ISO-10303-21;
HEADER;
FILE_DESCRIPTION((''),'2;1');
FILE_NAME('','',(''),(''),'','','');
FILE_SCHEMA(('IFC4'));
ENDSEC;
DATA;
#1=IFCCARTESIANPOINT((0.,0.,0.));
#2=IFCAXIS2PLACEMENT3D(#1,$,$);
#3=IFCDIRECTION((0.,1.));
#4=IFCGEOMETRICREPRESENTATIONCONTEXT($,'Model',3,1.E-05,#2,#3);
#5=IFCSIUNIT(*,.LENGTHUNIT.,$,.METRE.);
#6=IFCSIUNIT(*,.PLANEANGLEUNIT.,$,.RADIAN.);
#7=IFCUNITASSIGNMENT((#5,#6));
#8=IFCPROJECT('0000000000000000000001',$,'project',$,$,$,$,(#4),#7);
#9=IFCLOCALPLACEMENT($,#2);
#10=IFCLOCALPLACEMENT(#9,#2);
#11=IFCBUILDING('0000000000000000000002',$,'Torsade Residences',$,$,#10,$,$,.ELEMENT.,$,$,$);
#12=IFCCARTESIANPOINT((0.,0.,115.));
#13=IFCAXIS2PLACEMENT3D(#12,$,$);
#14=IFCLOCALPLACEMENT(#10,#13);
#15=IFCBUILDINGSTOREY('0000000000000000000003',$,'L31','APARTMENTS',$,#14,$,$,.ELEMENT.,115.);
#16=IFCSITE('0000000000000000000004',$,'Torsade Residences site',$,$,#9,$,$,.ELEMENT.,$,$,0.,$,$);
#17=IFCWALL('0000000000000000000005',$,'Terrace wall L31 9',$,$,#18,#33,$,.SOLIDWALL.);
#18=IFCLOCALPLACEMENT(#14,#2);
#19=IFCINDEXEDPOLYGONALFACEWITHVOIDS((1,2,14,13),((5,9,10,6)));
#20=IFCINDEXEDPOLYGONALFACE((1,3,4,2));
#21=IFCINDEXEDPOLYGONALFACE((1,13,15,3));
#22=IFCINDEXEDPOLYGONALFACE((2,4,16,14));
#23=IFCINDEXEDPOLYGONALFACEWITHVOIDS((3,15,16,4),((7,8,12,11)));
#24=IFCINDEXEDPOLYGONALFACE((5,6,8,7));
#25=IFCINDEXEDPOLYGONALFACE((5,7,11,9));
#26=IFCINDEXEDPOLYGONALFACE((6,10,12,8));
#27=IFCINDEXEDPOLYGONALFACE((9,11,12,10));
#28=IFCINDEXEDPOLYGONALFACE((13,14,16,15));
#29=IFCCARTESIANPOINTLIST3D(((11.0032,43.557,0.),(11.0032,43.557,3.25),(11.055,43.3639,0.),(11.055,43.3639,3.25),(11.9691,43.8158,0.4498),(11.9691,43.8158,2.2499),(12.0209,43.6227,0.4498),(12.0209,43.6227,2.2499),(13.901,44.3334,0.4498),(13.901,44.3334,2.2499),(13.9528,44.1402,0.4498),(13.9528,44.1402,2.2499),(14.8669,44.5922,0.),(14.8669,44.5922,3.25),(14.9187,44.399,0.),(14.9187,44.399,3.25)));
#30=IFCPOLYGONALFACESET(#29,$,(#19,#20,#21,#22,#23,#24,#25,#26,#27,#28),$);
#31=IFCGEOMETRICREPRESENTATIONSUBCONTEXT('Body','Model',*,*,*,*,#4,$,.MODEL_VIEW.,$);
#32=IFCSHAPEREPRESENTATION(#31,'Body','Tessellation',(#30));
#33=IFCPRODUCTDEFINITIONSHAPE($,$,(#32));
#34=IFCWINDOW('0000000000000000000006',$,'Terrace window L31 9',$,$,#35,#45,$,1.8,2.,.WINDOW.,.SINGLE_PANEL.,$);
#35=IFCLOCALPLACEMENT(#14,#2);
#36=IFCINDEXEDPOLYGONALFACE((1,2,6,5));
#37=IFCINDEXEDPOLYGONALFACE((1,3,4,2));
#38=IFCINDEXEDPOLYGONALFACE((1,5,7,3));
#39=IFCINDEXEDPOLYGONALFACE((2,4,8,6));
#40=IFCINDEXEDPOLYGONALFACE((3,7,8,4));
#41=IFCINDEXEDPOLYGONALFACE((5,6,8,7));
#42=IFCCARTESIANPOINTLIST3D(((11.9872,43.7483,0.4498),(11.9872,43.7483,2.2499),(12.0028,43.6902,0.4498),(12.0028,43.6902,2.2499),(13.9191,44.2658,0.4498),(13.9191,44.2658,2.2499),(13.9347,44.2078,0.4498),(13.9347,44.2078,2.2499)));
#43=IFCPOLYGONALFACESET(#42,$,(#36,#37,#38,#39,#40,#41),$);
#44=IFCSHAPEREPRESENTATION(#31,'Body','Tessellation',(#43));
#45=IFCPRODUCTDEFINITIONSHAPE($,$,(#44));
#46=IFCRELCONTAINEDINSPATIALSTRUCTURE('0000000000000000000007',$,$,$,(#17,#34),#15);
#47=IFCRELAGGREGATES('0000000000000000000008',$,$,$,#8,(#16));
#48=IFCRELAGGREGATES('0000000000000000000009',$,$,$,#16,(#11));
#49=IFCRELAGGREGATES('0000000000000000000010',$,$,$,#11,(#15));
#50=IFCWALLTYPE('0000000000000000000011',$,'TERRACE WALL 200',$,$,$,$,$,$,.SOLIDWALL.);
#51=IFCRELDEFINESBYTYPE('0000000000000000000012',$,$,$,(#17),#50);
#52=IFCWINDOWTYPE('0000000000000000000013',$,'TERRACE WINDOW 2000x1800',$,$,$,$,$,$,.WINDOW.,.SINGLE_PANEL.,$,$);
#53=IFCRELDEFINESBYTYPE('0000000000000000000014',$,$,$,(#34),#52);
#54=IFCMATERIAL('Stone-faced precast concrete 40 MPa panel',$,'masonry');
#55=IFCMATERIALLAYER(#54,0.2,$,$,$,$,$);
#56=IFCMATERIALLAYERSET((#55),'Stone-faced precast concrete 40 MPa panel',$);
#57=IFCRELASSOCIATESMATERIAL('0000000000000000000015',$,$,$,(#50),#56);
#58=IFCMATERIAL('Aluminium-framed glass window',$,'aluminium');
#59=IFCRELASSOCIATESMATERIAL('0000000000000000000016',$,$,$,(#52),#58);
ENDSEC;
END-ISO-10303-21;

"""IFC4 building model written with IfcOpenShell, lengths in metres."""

from ifc_helpers import new_model, si_unit, direction, frame, frame_2d, origin, place, context, subcontext, project, spatial, rectangle, extrude, material, layer, layer_set, type_object, element, fill, save


model = new_model("IFC4")

# Units and contexts
model_context = context("Model", 3, precision=1e-05, world=origin(), true_north=direction((0.0, 1.0)))
body_context = subcontext(model_context, "Body", "Model", "MODEL_VIEW")
ifc_project = project(units=[si_unit("LENGTHUNIT", "METRE"), si_unit("PLANEANGLEUNIT", "RADIAN")], contexts=[model_context])

# Site, building, storey
site_placement = place(None, origin())
site = spatial("IfcSite", under=ifc_project, at=site_placement, Name="Torsade Residences site", CompositionType="ELEMENT", RefElevation=0.0)
building_placement = place(site_placement, origin())
building = spatial("IfcBuilding", under=site, at=building_placement, Name="Torsade Residences", CompositionType="ELEMENT")
storey_placement = place(building_placement, frame((0.0, 0.0, 115.0)))
storey = spatial("IfcBuildingStorey", under=building, at=storey_placement, Name="L31", Description="APARTMENTS", CompositionType="ELEMENT", Elevation=115.0)

# Shared definitions
ifc_material_1 = material(Name="Stone-faced precast concrete 40 MPa panel", Category="masonry")
ifc_layer_1 = layer(ifc_material_1, 0.2)
ifc_layer_set_1 = layer_set([ifc_layer_1], Name="Stone-faced precast concrete 40 MPa panel")
wall_type_1 = type_object("IfcWallType", Name="TERRACE WALL 200", PredefinedType="SOLIDWALL", material=ifc_layer_set_1)

# Wall, opening, window
wall_1_placement = place(storey_placement, frame((14.8928, 44.4956, 0.0), z_axis=(0.0, 0.0, 1.0), x_axis=(-0.965934, -0.258787, 0.0)))
wall_1 = element("IfcWall", 1, at=wall_1_placement, inside=storey, type_object=wall_type_1, Name="Terrace wall L31 9", PredefinedType="SOLIDWALL", context=body_context, shape_type="SweptSolid", body=[
    extrude(rectangle(XDim=4.0, YDim=0.2, at=frame_2d((2.0, 0.0))), origin(), (0.0, 0.0, 1.0), 3.25),
])
opening_1_placement = place(wall_1_placement, frame((1.0, 0.0, 0.45)))
opening_1 = element("IfcOpeningElement", 2, at=opening_1_placement, cuts=wall_1, PredefinedType="OPENING", context=body_context, shape_type="SweptSolid", body=[
    extrude(rectangle(XDim=2.0, YDim=1.8, at=frame_2d((1.0, 0.8999))), frame((0.0, 0.1099, 0.0), z_axis=(0.0, -1.0, 0.0), x_axis=(1.0, 0.0, 0.0)), (0.0, 0.0, 1.0), 0.22),
])
ifc_material_2 = material(Name="Aluminium-framed glass window", Category="aluminium")
window_type = type_object("IfcWindowType", Name="TERRACE WINDOW 2000x1800", PartitioningType="SINGLE_PANEL", PredefinedType="WINDOW", material=ifc_material_2)
window_placement = place(opening_1_placement, origin())
window = element("IfcWindow", 3, at=window_placement, inside=storey, type_object=window_type, Name="Terrace window L31 9", OverallHeight=1.8, OverallWidth=2.0, PartitioningType="SINGLE_PANEL", PredefinedType="WINDOW", context=body_context, shape_type="SweptSolid", body=[
    extrude(rectangle(XDim=2.0, YDim=1.8, at=frame_2d((1.0, 0.8999))), frame((0.0, 0.03, 0.0), z_axis=(0.0, -1.0, 0.0), x_axis=(1.0, 0.0, 0.0)), (0.0, 0.0, 1.0), 0.0601),
])
fill(opening_1, window)

save(model, "model.ifc")
